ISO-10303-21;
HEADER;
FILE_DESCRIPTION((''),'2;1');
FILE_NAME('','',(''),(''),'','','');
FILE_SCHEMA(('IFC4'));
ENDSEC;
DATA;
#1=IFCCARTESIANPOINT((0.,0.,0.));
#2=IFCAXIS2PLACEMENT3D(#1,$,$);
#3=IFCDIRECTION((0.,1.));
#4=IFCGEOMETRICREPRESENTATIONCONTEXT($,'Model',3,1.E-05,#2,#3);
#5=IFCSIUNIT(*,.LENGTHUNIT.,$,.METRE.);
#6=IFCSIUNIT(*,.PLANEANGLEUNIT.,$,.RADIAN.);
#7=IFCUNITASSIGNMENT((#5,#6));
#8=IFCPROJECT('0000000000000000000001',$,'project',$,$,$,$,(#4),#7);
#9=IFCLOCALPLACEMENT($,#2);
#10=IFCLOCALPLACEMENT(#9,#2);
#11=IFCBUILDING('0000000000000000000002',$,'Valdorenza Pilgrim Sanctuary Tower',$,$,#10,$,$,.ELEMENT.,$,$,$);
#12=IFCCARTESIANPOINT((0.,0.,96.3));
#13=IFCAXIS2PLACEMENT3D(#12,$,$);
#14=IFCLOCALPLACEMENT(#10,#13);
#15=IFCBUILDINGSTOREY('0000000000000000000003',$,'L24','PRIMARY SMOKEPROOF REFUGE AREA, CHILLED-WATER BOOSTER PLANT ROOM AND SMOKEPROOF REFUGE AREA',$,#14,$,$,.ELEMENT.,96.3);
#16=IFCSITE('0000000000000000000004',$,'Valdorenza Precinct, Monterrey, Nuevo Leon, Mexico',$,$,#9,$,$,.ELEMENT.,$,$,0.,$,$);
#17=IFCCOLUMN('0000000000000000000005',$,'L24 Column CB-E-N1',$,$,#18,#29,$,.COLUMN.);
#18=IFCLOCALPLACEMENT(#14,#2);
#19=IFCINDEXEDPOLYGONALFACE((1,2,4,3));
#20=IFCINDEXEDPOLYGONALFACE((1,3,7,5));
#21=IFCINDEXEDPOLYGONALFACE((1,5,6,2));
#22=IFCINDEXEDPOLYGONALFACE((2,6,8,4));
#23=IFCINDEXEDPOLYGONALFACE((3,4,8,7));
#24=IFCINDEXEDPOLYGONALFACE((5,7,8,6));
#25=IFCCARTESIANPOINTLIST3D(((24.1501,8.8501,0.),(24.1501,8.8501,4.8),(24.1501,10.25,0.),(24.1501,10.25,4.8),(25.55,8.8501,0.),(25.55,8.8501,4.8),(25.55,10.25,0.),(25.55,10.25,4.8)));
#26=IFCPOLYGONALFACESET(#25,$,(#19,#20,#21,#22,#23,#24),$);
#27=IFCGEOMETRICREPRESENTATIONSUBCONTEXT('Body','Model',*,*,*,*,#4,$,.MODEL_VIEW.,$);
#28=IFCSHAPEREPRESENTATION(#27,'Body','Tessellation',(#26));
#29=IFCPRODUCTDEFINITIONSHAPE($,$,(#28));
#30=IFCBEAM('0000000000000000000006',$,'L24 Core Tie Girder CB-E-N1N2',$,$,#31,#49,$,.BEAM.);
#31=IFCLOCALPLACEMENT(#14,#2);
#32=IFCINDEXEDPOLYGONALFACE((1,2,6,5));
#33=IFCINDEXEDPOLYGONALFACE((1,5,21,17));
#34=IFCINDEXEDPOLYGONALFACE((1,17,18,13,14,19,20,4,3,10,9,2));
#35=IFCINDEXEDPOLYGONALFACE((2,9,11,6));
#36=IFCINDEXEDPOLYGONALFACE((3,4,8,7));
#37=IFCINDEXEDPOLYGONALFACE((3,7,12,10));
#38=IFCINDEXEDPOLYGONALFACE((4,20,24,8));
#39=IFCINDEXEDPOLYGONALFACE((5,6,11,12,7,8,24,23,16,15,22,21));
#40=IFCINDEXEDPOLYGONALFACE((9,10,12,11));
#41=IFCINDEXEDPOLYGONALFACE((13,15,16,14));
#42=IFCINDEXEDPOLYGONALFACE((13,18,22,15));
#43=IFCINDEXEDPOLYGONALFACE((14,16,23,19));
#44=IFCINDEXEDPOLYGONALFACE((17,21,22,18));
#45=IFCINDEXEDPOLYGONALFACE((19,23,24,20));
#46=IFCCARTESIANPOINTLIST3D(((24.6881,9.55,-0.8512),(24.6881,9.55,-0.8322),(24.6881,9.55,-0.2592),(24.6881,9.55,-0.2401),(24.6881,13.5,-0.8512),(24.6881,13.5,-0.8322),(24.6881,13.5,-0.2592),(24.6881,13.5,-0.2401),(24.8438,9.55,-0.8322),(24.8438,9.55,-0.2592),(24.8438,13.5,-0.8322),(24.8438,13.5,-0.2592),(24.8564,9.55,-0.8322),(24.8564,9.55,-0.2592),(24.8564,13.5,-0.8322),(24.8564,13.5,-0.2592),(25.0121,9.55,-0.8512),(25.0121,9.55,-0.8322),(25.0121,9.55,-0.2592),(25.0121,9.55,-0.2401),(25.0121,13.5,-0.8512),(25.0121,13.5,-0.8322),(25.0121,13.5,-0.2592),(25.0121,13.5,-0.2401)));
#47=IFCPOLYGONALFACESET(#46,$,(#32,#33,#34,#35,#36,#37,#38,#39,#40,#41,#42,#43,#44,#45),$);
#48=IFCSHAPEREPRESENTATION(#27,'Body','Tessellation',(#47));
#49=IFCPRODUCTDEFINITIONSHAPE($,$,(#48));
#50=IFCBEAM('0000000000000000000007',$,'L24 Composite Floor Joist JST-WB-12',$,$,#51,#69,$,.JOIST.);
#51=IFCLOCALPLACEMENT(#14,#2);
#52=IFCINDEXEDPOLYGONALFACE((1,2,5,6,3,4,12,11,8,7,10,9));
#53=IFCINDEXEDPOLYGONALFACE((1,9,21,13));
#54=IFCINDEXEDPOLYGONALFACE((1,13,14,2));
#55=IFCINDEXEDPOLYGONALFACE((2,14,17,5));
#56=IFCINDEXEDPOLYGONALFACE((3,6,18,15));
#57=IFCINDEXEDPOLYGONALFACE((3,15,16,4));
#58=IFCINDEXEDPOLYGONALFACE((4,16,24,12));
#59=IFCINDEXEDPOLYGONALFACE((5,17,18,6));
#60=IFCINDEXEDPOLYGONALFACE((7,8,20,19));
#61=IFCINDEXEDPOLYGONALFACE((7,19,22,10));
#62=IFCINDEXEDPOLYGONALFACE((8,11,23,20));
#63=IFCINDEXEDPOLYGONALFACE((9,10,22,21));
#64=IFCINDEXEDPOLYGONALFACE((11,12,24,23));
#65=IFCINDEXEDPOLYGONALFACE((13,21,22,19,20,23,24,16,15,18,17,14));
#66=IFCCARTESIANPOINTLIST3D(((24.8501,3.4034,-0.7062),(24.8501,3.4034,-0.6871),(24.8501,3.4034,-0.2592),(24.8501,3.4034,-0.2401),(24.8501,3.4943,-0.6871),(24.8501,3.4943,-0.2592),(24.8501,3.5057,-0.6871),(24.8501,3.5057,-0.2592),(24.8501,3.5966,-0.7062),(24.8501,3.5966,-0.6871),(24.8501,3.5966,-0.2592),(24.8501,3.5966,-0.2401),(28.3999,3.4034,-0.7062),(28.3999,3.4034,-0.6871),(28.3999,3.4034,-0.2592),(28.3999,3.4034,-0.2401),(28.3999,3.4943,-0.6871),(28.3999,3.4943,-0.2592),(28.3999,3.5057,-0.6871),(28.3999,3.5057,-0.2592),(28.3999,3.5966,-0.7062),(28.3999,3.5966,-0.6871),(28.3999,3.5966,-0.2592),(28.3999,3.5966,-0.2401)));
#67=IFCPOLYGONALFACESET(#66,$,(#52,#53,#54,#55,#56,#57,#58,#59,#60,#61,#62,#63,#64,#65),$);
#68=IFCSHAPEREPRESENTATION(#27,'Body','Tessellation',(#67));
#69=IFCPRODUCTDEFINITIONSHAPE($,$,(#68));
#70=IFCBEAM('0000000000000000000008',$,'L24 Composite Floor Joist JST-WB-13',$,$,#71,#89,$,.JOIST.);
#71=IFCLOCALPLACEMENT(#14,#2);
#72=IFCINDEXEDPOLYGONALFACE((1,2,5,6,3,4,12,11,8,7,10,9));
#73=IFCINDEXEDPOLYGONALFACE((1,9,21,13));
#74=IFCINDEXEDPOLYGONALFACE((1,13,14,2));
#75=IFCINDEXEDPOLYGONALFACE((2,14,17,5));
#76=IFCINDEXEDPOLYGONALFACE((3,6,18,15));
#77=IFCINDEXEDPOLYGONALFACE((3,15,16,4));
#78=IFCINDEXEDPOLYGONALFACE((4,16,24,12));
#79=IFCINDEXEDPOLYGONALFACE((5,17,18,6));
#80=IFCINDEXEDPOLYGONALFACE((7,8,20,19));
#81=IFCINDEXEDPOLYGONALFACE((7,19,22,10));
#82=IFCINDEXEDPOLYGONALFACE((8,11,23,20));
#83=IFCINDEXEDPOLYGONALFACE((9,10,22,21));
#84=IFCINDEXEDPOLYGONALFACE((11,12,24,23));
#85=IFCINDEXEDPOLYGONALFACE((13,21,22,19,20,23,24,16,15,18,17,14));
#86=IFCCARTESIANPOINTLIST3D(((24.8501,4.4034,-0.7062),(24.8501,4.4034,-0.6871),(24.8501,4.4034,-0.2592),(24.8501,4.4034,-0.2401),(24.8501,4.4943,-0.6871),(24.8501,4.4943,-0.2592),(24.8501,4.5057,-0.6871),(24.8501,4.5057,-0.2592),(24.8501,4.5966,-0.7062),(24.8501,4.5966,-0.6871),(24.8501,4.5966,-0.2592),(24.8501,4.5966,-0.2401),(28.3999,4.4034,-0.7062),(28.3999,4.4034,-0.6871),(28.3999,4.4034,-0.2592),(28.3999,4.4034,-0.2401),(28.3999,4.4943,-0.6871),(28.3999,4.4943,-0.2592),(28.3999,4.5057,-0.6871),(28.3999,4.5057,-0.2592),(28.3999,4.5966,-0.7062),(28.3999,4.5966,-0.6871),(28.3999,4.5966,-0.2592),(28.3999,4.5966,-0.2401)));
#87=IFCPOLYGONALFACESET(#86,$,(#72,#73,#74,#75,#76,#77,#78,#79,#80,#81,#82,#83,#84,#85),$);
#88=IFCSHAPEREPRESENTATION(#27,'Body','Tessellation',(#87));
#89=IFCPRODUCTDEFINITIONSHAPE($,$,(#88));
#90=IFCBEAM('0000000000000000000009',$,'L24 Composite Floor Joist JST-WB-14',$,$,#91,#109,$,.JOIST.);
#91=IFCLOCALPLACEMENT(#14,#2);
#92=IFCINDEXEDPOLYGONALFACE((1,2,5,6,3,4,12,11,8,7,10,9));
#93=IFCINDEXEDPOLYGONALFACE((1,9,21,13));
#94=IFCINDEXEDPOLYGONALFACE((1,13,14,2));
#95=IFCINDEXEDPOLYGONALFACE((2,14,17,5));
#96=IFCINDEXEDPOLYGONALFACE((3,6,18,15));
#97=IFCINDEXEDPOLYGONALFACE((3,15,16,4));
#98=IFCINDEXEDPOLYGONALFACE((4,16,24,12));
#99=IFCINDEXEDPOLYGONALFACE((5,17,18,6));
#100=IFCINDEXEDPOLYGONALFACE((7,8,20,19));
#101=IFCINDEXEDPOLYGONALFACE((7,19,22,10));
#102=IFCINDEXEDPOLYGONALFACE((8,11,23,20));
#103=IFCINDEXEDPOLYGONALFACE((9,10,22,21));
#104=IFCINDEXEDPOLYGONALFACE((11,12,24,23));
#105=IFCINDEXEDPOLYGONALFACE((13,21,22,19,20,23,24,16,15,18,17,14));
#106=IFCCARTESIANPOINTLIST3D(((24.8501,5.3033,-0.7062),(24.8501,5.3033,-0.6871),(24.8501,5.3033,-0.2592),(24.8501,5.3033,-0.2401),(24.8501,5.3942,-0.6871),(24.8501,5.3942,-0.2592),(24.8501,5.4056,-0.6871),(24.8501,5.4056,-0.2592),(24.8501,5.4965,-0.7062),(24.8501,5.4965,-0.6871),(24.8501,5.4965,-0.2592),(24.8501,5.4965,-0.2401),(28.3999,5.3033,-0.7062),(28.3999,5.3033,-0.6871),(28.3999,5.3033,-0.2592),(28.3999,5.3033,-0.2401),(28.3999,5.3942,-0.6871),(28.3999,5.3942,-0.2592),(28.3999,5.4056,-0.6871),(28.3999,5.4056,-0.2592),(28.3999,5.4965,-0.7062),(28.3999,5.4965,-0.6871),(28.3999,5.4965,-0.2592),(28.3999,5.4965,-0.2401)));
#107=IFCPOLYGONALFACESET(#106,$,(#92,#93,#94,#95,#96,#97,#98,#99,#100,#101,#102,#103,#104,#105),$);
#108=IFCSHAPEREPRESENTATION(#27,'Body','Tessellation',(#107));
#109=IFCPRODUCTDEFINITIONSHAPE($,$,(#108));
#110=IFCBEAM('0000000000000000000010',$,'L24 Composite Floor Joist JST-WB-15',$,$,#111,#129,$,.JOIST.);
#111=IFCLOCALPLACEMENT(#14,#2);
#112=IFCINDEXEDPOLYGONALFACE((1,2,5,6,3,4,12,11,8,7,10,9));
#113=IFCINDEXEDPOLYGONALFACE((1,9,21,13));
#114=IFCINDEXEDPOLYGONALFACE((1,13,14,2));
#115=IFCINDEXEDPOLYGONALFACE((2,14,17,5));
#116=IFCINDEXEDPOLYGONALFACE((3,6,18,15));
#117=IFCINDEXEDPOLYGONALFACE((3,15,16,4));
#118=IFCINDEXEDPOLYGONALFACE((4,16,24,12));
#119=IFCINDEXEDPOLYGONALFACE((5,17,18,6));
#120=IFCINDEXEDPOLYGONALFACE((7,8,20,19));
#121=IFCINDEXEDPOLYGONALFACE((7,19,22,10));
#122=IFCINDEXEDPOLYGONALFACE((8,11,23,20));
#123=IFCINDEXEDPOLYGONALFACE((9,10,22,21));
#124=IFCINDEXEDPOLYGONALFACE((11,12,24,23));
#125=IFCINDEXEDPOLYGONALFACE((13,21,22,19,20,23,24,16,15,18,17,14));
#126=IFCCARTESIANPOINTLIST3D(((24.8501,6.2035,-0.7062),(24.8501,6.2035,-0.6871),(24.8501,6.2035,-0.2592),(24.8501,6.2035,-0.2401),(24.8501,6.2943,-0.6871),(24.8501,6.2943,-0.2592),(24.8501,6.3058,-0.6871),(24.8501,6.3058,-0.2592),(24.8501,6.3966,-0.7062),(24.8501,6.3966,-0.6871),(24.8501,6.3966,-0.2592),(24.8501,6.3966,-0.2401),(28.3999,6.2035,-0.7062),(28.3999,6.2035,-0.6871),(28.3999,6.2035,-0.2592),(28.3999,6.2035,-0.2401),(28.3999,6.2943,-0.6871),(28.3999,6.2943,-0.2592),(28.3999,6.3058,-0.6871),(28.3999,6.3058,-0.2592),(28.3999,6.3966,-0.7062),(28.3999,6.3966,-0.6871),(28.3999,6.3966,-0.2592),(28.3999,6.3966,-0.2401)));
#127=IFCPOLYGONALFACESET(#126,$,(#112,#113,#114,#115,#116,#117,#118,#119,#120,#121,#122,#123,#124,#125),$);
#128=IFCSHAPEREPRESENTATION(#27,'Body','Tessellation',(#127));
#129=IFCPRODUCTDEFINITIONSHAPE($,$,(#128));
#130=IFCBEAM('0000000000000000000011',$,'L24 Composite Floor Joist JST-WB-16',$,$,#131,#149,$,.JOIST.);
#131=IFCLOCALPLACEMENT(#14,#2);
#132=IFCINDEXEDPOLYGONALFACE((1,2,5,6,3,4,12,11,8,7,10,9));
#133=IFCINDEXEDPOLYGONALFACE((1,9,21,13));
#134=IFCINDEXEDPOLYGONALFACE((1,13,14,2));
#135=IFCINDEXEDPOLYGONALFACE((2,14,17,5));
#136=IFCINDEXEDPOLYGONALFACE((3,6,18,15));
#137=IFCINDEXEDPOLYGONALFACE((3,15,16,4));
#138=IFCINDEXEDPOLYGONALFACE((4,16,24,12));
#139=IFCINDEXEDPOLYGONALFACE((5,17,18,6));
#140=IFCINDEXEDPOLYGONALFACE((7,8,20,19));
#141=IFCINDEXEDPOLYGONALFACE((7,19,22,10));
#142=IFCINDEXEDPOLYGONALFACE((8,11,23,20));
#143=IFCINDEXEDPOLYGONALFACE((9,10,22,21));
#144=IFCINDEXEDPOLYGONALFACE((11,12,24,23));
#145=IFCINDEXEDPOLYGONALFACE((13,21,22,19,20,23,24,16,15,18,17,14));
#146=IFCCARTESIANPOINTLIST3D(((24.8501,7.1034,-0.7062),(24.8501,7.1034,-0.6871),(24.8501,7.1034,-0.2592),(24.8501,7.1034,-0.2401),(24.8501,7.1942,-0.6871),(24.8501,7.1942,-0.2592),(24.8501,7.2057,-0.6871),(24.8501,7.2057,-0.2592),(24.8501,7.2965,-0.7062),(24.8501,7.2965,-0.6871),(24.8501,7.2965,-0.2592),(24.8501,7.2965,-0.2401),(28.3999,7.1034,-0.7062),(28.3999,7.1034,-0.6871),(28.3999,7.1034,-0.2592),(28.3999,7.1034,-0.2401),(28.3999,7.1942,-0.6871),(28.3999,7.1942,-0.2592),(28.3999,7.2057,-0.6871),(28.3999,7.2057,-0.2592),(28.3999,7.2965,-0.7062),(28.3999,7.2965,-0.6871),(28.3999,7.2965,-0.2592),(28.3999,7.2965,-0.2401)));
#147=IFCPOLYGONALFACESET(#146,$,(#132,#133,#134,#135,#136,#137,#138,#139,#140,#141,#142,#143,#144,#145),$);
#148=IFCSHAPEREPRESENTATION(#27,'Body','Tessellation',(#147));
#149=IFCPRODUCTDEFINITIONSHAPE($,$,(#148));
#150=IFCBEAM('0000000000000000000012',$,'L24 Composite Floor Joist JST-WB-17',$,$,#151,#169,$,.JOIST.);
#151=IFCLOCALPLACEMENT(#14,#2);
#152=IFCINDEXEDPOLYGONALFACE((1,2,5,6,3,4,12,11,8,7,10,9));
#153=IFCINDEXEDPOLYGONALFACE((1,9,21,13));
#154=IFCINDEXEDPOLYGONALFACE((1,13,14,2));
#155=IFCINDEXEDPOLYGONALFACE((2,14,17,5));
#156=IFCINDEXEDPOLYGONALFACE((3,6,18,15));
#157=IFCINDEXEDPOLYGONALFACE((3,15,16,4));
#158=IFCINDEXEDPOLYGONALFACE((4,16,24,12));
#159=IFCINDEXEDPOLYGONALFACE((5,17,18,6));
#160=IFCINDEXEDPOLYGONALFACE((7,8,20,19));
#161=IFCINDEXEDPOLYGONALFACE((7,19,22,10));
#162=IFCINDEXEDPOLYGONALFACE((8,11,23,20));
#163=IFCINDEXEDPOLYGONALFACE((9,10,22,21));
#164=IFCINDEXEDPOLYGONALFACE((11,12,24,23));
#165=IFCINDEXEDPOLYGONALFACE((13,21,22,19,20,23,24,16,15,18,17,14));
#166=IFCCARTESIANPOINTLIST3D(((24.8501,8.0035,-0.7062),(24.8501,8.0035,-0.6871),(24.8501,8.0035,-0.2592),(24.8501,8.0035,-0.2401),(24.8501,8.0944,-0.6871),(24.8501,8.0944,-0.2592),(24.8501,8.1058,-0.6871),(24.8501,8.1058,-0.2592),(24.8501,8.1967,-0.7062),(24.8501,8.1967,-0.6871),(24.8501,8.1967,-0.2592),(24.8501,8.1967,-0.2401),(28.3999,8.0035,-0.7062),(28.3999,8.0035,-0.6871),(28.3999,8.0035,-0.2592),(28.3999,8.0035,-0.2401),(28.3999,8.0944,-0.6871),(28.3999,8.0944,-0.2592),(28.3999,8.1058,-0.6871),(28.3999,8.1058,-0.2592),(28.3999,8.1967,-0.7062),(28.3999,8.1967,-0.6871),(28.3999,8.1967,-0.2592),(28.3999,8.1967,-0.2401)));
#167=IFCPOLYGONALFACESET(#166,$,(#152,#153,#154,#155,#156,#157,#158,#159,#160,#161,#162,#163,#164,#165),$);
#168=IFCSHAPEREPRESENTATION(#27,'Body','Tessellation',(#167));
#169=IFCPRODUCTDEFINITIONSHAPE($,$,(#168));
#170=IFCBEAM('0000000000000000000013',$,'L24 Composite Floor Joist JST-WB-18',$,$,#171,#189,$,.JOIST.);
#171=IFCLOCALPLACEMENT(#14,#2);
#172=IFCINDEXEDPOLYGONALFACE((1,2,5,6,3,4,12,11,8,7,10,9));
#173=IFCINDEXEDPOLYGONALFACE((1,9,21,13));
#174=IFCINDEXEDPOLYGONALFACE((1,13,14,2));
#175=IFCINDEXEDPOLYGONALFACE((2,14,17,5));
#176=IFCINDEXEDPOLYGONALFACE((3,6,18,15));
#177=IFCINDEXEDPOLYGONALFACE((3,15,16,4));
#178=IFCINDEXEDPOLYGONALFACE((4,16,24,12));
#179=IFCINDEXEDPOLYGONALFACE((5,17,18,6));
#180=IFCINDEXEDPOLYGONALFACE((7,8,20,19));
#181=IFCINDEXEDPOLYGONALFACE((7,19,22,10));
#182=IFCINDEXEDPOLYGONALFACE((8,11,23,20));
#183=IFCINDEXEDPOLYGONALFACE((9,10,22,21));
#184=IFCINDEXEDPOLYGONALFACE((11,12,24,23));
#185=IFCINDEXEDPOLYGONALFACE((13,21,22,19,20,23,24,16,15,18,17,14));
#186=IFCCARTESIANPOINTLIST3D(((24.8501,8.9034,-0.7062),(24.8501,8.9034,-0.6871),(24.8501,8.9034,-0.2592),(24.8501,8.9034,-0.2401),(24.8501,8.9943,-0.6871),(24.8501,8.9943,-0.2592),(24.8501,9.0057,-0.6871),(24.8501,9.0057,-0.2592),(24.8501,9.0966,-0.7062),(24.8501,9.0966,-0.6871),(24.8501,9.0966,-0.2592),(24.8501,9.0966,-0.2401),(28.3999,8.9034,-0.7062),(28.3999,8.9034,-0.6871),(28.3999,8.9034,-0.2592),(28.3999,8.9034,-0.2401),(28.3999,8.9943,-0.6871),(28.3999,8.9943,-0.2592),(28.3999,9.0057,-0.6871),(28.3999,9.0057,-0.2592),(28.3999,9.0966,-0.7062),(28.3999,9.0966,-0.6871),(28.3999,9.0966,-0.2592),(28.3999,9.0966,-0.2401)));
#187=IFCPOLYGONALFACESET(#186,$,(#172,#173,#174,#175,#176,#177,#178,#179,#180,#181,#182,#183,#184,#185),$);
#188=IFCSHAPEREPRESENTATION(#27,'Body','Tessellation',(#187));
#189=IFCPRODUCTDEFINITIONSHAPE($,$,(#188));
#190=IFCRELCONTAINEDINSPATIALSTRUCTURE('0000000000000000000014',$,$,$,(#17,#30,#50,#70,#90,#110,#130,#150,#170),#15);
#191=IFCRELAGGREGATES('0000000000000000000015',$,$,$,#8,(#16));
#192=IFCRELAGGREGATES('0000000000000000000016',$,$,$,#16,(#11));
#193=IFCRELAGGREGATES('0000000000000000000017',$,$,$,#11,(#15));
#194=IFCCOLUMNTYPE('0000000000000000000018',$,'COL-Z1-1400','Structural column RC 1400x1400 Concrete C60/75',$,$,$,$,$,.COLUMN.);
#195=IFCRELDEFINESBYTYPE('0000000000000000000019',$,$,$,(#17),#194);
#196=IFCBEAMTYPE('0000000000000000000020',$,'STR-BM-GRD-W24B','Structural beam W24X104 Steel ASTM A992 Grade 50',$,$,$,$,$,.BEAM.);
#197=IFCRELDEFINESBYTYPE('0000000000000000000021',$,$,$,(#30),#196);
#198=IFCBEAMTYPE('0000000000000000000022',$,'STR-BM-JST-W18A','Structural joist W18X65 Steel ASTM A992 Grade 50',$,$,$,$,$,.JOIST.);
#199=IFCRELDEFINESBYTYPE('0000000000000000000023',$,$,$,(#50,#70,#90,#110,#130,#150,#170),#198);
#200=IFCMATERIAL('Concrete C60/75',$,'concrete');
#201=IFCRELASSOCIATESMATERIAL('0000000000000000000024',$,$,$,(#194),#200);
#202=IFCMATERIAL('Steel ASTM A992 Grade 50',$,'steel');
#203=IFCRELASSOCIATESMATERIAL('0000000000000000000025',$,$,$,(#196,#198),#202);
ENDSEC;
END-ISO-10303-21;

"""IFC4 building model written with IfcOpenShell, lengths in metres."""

from ifc_helpers import new_model, si_unit, direction, frame, origin, origin_2d, place, context, subcontext, project, spatial, rectangle, i_section, extrude, source, transform, mapped, material, material_profile, profile_set, type_object, element, save


model = new_model("IFC4")

# Units and contexts
model_context = context("Model", 3, precision=1e-05, world=origin(), true_north=direction((0.0, 1.0)))
body_context = subcontext(model_context, "Body", "Model", "MODEL_VIEW")
ifc_project = project(units=[si_unit("LENGTHUNIT", "METRE"), si_unit("PLANEANGLEUNIT", "RADIAN")], contexts=[model_context])

# Site, building, storey
site_placement = place(None, origin())
site = spatial("IfcSite", under=ifc_project, at=site_placement, Name="Valdorenza Precinct, Monterrey, Nuevo Leon, Mexico", CompositionType="ELEMENT", RefElevation=0.0)
building_placement = place(site_placement, origin())
building = spatial("IfcBuilding", under=site, at=building_placement, Name="Valdorenza Pilgrim Sanctuary Tower", CompositionType="ELEMENT")
storey_placement = place(building_placement, frame((0.0, 0.0, 96.3)))
storey = spatial("IfcBuildingStorey", under=building, at=storey_placement, Name="L24", Description="PRIMARY SMOKEPROOF REFUGE AREA, CHILLED-WATER BOOSTER PLANT ROOM AND SMOKEPROOF REFUGE AREA", CompositionType="ELEMENT", Elevation=96.3)

# Column
ifc_material_1 = material(Name="Concrete C60/75", Category="concrete")
ifc_material_profile_1 = material_profile(ifc_material_1, rectangle(XDim=1.3999, YDim=1.3999, at=origin_2d()), Name="RC 1400x1400")
ifc_profile_set_1 = profile_set([ifc_material_profile_1], Name="Concrete C60/75")
column_type = type_object("IfcColumnType", Name="COL-Z1-1400", Description="Structural column RC 1400x1400 Concrete C60/75", PredefinedType="COLUMN", material=ifc_profile_set_1)
shared_shape_1 = source(origin(), body_context, "Body", "SweptSolid", [
    extrude(rectangle(XDim=1.3999, YDim=1.3999, at=origin_2d()), origin(), (0.0, 0.0, 1.0), 4.8),
])
column_placement = place(storey_placement, frame((24.8501, 9.55, 0.0), z_axis=(0.0, 0.0, 1.0), x_axis=(1.0, 0.0, 0.0)))
element("IfcColumn", 1, at=column_placement, inside=storey, type_object=column_type, Name="L24 Column CB-E-N1", PredefinedType="COLUMN", context=body_context, shape_type="MappedRepresentation", body=[
    mapped(shared_shape_1, transform((0.0, 0.0, 0.0), x_axis=(1.0, 0.0, 0.0), y_axis=(0.0, 1.0, 0.0), z_axis=(0.0, 0.0, 1.0), scale=1.0)),
])

# Beams
ifc_material_2 = material(Name="Steel ASTM A992 Grade 50", Category="steel")
ifc_material_profile_2 = material_profile(ifc_material_2, i_section(OverallWidth=0.324, OverallDepth=0.6111, WebThickness=0.0127, FlangeThickness=0.019, at=origin_2d()), Name="W24X104")
ifc_profile_set_2 = profile_set([ifc_material_profile_2], Name="Steel ASTM A992 Grade 50")
beam_type_1 = type_object("IfcBeamType", Name="STR-BM-GRD-W24B", Description="Structural beam W24X104 Steel ASTM A992 Grade 50", PredefinedType="BEAM", material=ifc_profile_set_2)
shared_shape_2 = source(origin(), body_context, "Body", "SweptSolid", [
    extrude(i_section(OverallWidth=0.324, OverallDepth=0.6111, WebThickness=0.0127, FlangeThickness=0.019, at=origin_2d()), origin(), (0.0, 0.0, 1.0), 3.95),
])
beam_1_placement = place(storey_placement, frame((24.8501, 9.55, -0.5457), z_axis=(0.0, 1.0, 0.0), x_axis=(-1.0, 0.0, 0.0)))
element("IfcBeam", 2, at=beam_1_placement, inside=storey, type_object=beam_type_1, Name="L24 Core Tie Girder CB-E-N1N2", PredefinedType="BEAM", context=body_context, shape_type="MappedRepresentation", body=[
    mapped(shared_shape_2, transform((0.0, 0.0, 0.0), x_axis=(1.0, 0.0, 0.0), y_axis=(0.0, 1.0, 0.0), z_axis=(0.0, 0.0, 1.0), scale=1.0)),
])
ifc_material_profile_3 = material_profile(ifc_material_2, i_section(OverallWidth=0.1931, OverallDepth=0.4661, WebThickness=0.0115, FlangeThickness=0.019, at=origin_2d()), Name="W18X65")
ifc_profile_set_3 = profile_set([ifc_material_profile_3], Name="Steel ASTM A992 Grade 50")
beam_type_2 = type_object("IfcBeamType", Name="STR-BM-JST-W18A", Description="Structural joist W18X65 Steel ASTM A992 Grade 50", PredefinedType="JOIST", material=ifc_profile_set_3)
shared_shape_3 = source(origin(), body_context, "Body", "SweptSolid", [
    extrude(i_section(OverallWidth=0.1931, OverallDepth=0.4661, WebThickness=0.0115, FlangeThickness=0.019, at=origin_2d()), origin(), (0.0, 0.0, 1.0), 3.5498),
])
for number, where, z_axis, x_axis, name in (
    (3, (24.8501, 3.5, -0.4731), (1.0, 0.0, 0.0), (0.0, 1.0, 0.0), "L24 Composite Floor Joist JST-WB-12"),
    (4, (24.8501, 4.5, -0.4731), (1.0, 0.0, 0.0), (0.0, 1.0, 0.0), "L24 Composite Floor Joist JST-WB-13"),
    (5, (24.8501, 5.3999, -0.4731), (1.0, 0.0, 0.0), (0.0, 1.0, 0.0), "L24 Composite Floor Joist JST-WB-14"),
    (6, (24.8501, 6.3, -0.4731), (1.0, 0.0, 0.0), (0.0, 1.0, 0.0), "L24 Composite Floor Joist JST-WB-15"),
    (7, (24.8501, 7.2, -0.4731), (1.0, 0.0, 0.0), (0.0, 1.0, 0.0), "L24 Composite Floor Joist JST-WB-16"),
    (8, (24.8501, 8.1001, -0.4731), (1.0, 0.0, 0.0), (0.0, 1.0, 0.0), "L24 Composite Floor Joist JST-WB-17"),
    (9, (24.8501, 9.0, -0.4731), (1.0, 0.0, 0.0), (0.0, 1.0, 0.0), "L24 Composite Floor Joist JST-WB-18"),
):
    element("IfcBeam", number, at=place(storey_placement, frame(where, z_axis=z_axis, x_axis=x_axis)), inside=storey, type_object=beam_type_2, Name=name, PredefinedType="JOIST", context=body_context, shape_type="MappedRepresentation", body=[
        mapped(shared_shape_3, transform((0.0, 0.0, 0.0), x_axis=(1.0, 0.0, 0.0), y_axis=(0.0, 1.0, 0.0), z_axis=(0.0, 0.0, 1.0), scale=1.0)),
    ])

save(model, "model.ifc")
